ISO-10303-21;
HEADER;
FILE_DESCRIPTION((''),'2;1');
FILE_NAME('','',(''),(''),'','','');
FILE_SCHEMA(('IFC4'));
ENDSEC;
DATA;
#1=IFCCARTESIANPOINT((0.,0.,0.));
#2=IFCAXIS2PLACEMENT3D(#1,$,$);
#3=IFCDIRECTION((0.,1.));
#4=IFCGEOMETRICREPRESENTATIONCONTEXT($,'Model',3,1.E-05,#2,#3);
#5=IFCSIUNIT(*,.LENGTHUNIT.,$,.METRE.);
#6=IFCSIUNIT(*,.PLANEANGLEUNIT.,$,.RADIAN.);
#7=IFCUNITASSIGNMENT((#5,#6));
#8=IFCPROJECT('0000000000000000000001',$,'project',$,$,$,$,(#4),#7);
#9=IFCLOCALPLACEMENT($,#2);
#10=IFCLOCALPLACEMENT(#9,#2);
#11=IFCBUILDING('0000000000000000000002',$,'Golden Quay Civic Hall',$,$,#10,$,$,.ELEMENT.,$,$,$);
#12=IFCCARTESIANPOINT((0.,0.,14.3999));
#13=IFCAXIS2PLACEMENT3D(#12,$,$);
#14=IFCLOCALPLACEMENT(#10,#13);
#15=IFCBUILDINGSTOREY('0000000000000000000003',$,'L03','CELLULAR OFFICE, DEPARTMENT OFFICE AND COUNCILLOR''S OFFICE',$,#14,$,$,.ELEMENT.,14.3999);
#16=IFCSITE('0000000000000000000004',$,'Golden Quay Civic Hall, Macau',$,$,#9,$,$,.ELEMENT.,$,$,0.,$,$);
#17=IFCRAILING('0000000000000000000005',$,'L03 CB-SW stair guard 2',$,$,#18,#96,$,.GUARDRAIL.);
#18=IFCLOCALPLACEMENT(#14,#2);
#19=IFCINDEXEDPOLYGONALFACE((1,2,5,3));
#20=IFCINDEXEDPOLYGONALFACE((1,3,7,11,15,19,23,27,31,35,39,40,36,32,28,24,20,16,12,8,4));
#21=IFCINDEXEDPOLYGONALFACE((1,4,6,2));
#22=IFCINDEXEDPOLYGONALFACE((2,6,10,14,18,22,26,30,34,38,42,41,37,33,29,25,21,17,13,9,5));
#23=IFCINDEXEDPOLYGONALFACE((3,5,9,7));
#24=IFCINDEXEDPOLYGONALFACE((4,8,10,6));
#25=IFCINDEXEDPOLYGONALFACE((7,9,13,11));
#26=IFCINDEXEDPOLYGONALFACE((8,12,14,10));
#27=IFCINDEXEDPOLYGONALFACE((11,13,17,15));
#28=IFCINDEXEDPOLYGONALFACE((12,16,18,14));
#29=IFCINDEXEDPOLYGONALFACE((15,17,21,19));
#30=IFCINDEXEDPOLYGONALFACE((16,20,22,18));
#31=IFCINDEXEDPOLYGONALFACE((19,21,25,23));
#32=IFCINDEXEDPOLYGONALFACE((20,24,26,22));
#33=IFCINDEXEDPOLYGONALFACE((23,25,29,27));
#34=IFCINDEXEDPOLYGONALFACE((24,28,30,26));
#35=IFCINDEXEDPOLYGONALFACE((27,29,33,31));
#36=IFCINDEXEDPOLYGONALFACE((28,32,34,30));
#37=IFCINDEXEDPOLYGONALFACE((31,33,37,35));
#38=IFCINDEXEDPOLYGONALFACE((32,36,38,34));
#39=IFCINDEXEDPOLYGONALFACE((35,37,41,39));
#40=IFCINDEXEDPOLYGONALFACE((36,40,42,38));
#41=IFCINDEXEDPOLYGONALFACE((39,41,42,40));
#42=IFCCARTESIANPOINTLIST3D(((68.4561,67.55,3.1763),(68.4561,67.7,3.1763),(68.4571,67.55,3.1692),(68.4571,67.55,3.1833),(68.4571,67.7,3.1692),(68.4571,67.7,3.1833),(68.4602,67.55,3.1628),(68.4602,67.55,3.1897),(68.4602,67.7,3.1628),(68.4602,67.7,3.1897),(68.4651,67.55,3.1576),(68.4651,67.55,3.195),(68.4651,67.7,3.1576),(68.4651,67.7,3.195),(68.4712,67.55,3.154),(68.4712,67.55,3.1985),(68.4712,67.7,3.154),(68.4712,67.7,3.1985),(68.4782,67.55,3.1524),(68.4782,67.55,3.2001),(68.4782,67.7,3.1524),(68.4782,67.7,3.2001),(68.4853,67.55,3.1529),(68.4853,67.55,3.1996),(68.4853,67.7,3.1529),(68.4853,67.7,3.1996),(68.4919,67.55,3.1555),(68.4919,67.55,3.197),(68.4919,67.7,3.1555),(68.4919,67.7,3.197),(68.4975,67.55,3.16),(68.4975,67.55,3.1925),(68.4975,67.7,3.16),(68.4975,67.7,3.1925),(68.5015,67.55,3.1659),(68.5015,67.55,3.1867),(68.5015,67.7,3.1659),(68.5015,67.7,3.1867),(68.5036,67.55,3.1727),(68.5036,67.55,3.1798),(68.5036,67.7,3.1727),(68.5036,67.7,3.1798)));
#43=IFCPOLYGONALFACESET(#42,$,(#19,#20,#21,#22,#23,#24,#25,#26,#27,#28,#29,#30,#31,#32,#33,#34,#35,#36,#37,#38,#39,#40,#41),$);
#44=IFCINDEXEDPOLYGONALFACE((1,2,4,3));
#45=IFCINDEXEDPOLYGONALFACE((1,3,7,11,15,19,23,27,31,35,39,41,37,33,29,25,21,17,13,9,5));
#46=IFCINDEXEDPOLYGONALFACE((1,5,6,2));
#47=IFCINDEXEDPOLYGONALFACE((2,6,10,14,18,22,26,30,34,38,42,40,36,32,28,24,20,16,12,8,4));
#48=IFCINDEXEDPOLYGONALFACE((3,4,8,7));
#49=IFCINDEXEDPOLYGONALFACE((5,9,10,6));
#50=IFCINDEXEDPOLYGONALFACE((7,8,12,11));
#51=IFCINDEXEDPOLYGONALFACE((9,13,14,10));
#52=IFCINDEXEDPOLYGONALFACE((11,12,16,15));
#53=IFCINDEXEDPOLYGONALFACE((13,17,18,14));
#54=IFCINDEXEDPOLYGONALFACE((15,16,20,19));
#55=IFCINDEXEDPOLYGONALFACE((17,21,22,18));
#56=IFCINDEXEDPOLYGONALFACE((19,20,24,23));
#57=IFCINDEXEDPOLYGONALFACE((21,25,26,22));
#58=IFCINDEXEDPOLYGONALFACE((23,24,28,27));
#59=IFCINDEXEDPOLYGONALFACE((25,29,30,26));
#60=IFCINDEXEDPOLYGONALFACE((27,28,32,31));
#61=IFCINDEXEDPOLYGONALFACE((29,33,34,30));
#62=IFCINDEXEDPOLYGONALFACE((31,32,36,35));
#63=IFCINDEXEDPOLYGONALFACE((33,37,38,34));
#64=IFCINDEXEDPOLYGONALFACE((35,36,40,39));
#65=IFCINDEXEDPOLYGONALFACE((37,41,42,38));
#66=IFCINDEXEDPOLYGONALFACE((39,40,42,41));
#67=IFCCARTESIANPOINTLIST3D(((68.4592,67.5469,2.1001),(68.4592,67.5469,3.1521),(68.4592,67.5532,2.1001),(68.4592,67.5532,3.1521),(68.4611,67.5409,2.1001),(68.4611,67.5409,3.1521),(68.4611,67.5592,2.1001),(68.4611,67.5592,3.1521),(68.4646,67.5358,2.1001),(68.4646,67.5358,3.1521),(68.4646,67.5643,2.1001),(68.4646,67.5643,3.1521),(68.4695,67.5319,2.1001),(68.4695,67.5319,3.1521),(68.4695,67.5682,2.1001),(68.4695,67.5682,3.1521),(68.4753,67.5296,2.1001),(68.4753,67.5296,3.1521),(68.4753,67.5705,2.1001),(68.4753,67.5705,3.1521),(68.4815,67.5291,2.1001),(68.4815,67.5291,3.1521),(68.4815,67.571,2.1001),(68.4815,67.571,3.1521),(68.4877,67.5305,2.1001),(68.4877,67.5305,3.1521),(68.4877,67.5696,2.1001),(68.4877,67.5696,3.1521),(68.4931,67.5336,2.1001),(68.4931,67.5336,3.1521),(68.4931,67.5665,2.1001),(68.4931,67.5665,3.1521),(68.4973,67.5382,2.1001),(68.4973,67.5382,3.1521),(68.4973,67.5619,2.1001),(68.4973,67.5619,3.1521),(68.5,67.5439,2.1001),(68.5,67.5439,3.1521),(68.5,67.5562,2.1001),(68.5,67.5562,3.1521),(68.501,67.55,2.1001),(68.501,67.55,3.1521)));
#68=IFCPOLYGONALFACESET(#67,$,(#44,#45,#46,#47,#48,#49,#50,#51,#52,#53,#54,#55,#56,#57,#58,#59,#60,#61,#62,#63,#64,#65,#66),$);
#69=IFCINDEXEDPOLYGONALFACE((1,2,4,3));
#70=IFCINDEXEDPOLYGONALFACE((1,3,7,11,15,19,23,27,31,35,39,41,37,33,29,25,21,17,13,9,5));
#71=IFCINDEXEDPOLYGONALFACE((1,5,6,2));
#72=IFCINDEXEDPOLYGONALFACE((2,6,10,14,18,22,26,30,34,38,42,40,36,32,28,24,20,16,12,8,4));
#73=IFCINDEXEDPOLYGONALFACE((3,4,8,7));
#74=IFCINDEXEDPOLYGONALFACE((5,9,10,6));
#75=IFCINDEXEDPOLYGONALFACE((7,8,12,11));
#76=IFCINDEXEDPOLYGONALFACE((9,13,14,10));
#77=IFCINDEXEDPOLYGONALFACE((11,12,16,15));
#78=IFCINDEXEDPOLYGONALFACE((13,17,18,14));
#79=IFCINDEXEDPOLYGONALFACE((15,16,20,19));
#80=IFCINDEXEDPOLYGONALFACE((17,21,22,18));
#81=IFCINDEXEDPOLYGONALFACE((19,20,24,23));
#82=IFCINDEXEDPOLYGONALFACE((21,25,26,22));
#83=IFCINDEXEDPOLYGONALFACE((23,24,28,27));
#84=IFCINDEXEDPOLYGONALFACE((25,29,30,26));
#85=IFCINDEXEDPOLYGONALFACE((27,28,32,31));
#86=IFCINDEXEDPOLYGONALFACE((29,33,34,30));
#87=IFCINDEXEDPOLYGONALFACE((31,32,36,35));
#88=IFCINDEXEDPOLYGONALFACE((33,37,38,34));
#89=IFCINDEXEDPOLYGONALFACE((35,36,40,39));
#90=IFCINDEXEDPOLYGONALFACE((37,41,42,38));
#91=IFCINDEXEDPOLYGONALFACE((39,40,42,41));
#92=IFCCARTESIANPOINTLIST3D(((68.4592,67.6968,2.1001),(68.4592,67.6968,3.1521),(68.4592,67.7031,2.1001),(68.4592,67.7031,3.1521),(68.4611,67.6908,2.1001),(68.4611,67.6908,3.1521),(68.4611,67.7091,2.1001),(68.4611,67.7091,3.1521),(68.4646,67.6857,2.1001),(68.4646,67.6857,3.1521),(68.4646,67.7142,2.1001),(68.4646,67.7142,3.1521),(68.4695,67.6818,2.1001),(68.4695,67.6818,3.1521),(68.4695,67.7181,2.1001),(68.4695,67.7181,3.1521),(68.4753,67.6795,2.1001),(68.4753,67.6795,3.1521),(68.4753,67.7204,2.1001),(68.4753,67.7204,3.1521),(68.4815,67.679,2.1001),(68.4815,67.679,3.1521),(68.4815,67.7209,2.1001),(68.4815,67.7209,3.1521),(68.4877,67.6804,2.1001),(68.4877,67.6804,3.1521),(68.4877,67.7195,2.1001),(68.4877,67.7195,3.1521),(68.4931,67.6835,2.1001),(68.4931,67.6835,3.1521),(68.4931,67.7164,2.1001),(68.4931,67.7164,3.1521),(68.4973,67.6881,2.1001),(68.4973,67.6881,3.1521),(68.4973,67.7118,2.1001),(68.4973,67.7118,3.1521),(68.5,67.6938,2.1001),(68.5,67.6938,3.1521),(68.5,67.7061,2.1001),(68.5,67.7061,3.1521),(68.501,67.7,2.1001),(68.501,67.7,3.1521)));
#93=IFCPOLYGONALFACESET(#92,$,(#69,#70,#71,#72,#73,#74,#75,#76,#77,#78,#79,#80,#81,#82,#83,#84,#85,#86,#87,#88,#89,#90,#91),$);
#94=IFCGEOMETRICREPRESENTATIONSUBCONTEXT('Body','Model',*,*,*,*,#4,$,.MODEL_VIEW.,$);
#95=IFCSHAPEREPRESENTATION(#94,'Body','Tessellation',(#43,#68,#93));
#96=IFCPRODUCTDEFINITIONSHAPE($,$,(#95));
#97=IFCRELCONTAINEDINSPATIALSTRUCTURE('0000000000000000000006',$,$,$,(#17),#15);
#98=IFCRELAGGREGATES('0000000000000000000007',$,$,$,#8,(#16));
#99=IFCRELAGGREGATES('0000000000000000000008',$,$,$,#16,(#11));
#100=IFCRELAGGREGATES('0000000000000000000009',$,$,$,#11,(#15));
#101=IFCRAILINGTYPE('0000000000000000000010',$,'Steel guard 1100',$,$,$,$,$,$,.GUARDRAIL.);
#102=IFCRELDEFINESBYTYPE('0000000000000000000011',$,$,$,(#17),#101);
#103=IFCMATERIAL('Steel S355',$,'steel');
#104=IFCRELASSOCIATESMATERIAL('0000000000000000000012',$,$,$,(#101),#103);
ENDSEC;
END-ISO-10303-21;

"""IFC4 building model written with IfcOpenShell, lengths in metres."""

from ifc_helpers import new_model, si_unit, direction, frame, origin, origin_2d, place, context, subcontext, project, spatial, circle, extrude, material, type_object, element, save


model = new_model("IFC4")

# Units and contexts
model_context = context("Model", 3, precision=1e-05, world=origin(), true_north=direction((0.0, 1.0)))
body_context = subcontext(model_context, "Body", "Model", "MODEL_VIEW")
ifc_project = project(units=[si_unit("LENGTHUNIT", "METRE"), si_unit("PLANEANGLEUNIT", "RADIAN")], contexts=[model_context])

# Site, building, storey
site_placement = place(None, origin())
site = spatial("IfcSite", under=ifc_project, at=site_placement, Name="Golden Quay Civic Hall, Macau", CompositionType="ELEMENT", RefElevation=0.0)
building_placement = place(site_placement, origin())
building = spatial("IfcBuilding", under=site, at=building_placement, Name="Golden Quay Civic Hall", CompositionType="ELEMENT")
storey_placement = place(building_placement, frame((0.0, 0.0, 14.3999)))
storey = spatial("IfcBuildingStorey", under=building, at=storey_placement, Name="L03", Description="CELLULAR OFFICE, DEPARTMENT OFFICE AND COUNCILLOR'S OFFICE", CompositionType="ELEMENT", Elevation=14.3999)

# Railing
ifc_material_1 = material(Name="Steel S355", Category="steel")
railing_type_1 = type_object("IfcRailingType", Name="Steel guard 1100", PredefinedType="GUARDRAIL", material=ifc_material_1)
railing_1_placement = place(storey_placement, frame((68.48, 67.55, 2.1001)))
element("IfcRailing", 1, at=railing_1_placement, inside=storey, type_object=railing_type_1, Name="L03 CB-SW stair guard 2", PredefinedType="GUARDRAIL", context=body_context, shape_type="SweptSolid", body=[
    extrude(circle(Radius=0.0239, at=origin_2d()), frame((0.0, 0.0, 1.0762), z_axis=(0.0, 1.0, 0.0), x_axis=(-1.0, 0.0, 0.0)), (0.0, 0.0, 1.0), 0.1499),
    extrude(circle(Radius=0.021, at=origin_2d()), origin(), (0.0, 0.0, 1.0), 1.052),
    extrude(circle(Radius=0.021, at=origin_2d()), frame((0.0, 0.1499, 0.0)), (0.0, 0.0, 1.0), 1.052),
])

save(model, "model.ifc")
